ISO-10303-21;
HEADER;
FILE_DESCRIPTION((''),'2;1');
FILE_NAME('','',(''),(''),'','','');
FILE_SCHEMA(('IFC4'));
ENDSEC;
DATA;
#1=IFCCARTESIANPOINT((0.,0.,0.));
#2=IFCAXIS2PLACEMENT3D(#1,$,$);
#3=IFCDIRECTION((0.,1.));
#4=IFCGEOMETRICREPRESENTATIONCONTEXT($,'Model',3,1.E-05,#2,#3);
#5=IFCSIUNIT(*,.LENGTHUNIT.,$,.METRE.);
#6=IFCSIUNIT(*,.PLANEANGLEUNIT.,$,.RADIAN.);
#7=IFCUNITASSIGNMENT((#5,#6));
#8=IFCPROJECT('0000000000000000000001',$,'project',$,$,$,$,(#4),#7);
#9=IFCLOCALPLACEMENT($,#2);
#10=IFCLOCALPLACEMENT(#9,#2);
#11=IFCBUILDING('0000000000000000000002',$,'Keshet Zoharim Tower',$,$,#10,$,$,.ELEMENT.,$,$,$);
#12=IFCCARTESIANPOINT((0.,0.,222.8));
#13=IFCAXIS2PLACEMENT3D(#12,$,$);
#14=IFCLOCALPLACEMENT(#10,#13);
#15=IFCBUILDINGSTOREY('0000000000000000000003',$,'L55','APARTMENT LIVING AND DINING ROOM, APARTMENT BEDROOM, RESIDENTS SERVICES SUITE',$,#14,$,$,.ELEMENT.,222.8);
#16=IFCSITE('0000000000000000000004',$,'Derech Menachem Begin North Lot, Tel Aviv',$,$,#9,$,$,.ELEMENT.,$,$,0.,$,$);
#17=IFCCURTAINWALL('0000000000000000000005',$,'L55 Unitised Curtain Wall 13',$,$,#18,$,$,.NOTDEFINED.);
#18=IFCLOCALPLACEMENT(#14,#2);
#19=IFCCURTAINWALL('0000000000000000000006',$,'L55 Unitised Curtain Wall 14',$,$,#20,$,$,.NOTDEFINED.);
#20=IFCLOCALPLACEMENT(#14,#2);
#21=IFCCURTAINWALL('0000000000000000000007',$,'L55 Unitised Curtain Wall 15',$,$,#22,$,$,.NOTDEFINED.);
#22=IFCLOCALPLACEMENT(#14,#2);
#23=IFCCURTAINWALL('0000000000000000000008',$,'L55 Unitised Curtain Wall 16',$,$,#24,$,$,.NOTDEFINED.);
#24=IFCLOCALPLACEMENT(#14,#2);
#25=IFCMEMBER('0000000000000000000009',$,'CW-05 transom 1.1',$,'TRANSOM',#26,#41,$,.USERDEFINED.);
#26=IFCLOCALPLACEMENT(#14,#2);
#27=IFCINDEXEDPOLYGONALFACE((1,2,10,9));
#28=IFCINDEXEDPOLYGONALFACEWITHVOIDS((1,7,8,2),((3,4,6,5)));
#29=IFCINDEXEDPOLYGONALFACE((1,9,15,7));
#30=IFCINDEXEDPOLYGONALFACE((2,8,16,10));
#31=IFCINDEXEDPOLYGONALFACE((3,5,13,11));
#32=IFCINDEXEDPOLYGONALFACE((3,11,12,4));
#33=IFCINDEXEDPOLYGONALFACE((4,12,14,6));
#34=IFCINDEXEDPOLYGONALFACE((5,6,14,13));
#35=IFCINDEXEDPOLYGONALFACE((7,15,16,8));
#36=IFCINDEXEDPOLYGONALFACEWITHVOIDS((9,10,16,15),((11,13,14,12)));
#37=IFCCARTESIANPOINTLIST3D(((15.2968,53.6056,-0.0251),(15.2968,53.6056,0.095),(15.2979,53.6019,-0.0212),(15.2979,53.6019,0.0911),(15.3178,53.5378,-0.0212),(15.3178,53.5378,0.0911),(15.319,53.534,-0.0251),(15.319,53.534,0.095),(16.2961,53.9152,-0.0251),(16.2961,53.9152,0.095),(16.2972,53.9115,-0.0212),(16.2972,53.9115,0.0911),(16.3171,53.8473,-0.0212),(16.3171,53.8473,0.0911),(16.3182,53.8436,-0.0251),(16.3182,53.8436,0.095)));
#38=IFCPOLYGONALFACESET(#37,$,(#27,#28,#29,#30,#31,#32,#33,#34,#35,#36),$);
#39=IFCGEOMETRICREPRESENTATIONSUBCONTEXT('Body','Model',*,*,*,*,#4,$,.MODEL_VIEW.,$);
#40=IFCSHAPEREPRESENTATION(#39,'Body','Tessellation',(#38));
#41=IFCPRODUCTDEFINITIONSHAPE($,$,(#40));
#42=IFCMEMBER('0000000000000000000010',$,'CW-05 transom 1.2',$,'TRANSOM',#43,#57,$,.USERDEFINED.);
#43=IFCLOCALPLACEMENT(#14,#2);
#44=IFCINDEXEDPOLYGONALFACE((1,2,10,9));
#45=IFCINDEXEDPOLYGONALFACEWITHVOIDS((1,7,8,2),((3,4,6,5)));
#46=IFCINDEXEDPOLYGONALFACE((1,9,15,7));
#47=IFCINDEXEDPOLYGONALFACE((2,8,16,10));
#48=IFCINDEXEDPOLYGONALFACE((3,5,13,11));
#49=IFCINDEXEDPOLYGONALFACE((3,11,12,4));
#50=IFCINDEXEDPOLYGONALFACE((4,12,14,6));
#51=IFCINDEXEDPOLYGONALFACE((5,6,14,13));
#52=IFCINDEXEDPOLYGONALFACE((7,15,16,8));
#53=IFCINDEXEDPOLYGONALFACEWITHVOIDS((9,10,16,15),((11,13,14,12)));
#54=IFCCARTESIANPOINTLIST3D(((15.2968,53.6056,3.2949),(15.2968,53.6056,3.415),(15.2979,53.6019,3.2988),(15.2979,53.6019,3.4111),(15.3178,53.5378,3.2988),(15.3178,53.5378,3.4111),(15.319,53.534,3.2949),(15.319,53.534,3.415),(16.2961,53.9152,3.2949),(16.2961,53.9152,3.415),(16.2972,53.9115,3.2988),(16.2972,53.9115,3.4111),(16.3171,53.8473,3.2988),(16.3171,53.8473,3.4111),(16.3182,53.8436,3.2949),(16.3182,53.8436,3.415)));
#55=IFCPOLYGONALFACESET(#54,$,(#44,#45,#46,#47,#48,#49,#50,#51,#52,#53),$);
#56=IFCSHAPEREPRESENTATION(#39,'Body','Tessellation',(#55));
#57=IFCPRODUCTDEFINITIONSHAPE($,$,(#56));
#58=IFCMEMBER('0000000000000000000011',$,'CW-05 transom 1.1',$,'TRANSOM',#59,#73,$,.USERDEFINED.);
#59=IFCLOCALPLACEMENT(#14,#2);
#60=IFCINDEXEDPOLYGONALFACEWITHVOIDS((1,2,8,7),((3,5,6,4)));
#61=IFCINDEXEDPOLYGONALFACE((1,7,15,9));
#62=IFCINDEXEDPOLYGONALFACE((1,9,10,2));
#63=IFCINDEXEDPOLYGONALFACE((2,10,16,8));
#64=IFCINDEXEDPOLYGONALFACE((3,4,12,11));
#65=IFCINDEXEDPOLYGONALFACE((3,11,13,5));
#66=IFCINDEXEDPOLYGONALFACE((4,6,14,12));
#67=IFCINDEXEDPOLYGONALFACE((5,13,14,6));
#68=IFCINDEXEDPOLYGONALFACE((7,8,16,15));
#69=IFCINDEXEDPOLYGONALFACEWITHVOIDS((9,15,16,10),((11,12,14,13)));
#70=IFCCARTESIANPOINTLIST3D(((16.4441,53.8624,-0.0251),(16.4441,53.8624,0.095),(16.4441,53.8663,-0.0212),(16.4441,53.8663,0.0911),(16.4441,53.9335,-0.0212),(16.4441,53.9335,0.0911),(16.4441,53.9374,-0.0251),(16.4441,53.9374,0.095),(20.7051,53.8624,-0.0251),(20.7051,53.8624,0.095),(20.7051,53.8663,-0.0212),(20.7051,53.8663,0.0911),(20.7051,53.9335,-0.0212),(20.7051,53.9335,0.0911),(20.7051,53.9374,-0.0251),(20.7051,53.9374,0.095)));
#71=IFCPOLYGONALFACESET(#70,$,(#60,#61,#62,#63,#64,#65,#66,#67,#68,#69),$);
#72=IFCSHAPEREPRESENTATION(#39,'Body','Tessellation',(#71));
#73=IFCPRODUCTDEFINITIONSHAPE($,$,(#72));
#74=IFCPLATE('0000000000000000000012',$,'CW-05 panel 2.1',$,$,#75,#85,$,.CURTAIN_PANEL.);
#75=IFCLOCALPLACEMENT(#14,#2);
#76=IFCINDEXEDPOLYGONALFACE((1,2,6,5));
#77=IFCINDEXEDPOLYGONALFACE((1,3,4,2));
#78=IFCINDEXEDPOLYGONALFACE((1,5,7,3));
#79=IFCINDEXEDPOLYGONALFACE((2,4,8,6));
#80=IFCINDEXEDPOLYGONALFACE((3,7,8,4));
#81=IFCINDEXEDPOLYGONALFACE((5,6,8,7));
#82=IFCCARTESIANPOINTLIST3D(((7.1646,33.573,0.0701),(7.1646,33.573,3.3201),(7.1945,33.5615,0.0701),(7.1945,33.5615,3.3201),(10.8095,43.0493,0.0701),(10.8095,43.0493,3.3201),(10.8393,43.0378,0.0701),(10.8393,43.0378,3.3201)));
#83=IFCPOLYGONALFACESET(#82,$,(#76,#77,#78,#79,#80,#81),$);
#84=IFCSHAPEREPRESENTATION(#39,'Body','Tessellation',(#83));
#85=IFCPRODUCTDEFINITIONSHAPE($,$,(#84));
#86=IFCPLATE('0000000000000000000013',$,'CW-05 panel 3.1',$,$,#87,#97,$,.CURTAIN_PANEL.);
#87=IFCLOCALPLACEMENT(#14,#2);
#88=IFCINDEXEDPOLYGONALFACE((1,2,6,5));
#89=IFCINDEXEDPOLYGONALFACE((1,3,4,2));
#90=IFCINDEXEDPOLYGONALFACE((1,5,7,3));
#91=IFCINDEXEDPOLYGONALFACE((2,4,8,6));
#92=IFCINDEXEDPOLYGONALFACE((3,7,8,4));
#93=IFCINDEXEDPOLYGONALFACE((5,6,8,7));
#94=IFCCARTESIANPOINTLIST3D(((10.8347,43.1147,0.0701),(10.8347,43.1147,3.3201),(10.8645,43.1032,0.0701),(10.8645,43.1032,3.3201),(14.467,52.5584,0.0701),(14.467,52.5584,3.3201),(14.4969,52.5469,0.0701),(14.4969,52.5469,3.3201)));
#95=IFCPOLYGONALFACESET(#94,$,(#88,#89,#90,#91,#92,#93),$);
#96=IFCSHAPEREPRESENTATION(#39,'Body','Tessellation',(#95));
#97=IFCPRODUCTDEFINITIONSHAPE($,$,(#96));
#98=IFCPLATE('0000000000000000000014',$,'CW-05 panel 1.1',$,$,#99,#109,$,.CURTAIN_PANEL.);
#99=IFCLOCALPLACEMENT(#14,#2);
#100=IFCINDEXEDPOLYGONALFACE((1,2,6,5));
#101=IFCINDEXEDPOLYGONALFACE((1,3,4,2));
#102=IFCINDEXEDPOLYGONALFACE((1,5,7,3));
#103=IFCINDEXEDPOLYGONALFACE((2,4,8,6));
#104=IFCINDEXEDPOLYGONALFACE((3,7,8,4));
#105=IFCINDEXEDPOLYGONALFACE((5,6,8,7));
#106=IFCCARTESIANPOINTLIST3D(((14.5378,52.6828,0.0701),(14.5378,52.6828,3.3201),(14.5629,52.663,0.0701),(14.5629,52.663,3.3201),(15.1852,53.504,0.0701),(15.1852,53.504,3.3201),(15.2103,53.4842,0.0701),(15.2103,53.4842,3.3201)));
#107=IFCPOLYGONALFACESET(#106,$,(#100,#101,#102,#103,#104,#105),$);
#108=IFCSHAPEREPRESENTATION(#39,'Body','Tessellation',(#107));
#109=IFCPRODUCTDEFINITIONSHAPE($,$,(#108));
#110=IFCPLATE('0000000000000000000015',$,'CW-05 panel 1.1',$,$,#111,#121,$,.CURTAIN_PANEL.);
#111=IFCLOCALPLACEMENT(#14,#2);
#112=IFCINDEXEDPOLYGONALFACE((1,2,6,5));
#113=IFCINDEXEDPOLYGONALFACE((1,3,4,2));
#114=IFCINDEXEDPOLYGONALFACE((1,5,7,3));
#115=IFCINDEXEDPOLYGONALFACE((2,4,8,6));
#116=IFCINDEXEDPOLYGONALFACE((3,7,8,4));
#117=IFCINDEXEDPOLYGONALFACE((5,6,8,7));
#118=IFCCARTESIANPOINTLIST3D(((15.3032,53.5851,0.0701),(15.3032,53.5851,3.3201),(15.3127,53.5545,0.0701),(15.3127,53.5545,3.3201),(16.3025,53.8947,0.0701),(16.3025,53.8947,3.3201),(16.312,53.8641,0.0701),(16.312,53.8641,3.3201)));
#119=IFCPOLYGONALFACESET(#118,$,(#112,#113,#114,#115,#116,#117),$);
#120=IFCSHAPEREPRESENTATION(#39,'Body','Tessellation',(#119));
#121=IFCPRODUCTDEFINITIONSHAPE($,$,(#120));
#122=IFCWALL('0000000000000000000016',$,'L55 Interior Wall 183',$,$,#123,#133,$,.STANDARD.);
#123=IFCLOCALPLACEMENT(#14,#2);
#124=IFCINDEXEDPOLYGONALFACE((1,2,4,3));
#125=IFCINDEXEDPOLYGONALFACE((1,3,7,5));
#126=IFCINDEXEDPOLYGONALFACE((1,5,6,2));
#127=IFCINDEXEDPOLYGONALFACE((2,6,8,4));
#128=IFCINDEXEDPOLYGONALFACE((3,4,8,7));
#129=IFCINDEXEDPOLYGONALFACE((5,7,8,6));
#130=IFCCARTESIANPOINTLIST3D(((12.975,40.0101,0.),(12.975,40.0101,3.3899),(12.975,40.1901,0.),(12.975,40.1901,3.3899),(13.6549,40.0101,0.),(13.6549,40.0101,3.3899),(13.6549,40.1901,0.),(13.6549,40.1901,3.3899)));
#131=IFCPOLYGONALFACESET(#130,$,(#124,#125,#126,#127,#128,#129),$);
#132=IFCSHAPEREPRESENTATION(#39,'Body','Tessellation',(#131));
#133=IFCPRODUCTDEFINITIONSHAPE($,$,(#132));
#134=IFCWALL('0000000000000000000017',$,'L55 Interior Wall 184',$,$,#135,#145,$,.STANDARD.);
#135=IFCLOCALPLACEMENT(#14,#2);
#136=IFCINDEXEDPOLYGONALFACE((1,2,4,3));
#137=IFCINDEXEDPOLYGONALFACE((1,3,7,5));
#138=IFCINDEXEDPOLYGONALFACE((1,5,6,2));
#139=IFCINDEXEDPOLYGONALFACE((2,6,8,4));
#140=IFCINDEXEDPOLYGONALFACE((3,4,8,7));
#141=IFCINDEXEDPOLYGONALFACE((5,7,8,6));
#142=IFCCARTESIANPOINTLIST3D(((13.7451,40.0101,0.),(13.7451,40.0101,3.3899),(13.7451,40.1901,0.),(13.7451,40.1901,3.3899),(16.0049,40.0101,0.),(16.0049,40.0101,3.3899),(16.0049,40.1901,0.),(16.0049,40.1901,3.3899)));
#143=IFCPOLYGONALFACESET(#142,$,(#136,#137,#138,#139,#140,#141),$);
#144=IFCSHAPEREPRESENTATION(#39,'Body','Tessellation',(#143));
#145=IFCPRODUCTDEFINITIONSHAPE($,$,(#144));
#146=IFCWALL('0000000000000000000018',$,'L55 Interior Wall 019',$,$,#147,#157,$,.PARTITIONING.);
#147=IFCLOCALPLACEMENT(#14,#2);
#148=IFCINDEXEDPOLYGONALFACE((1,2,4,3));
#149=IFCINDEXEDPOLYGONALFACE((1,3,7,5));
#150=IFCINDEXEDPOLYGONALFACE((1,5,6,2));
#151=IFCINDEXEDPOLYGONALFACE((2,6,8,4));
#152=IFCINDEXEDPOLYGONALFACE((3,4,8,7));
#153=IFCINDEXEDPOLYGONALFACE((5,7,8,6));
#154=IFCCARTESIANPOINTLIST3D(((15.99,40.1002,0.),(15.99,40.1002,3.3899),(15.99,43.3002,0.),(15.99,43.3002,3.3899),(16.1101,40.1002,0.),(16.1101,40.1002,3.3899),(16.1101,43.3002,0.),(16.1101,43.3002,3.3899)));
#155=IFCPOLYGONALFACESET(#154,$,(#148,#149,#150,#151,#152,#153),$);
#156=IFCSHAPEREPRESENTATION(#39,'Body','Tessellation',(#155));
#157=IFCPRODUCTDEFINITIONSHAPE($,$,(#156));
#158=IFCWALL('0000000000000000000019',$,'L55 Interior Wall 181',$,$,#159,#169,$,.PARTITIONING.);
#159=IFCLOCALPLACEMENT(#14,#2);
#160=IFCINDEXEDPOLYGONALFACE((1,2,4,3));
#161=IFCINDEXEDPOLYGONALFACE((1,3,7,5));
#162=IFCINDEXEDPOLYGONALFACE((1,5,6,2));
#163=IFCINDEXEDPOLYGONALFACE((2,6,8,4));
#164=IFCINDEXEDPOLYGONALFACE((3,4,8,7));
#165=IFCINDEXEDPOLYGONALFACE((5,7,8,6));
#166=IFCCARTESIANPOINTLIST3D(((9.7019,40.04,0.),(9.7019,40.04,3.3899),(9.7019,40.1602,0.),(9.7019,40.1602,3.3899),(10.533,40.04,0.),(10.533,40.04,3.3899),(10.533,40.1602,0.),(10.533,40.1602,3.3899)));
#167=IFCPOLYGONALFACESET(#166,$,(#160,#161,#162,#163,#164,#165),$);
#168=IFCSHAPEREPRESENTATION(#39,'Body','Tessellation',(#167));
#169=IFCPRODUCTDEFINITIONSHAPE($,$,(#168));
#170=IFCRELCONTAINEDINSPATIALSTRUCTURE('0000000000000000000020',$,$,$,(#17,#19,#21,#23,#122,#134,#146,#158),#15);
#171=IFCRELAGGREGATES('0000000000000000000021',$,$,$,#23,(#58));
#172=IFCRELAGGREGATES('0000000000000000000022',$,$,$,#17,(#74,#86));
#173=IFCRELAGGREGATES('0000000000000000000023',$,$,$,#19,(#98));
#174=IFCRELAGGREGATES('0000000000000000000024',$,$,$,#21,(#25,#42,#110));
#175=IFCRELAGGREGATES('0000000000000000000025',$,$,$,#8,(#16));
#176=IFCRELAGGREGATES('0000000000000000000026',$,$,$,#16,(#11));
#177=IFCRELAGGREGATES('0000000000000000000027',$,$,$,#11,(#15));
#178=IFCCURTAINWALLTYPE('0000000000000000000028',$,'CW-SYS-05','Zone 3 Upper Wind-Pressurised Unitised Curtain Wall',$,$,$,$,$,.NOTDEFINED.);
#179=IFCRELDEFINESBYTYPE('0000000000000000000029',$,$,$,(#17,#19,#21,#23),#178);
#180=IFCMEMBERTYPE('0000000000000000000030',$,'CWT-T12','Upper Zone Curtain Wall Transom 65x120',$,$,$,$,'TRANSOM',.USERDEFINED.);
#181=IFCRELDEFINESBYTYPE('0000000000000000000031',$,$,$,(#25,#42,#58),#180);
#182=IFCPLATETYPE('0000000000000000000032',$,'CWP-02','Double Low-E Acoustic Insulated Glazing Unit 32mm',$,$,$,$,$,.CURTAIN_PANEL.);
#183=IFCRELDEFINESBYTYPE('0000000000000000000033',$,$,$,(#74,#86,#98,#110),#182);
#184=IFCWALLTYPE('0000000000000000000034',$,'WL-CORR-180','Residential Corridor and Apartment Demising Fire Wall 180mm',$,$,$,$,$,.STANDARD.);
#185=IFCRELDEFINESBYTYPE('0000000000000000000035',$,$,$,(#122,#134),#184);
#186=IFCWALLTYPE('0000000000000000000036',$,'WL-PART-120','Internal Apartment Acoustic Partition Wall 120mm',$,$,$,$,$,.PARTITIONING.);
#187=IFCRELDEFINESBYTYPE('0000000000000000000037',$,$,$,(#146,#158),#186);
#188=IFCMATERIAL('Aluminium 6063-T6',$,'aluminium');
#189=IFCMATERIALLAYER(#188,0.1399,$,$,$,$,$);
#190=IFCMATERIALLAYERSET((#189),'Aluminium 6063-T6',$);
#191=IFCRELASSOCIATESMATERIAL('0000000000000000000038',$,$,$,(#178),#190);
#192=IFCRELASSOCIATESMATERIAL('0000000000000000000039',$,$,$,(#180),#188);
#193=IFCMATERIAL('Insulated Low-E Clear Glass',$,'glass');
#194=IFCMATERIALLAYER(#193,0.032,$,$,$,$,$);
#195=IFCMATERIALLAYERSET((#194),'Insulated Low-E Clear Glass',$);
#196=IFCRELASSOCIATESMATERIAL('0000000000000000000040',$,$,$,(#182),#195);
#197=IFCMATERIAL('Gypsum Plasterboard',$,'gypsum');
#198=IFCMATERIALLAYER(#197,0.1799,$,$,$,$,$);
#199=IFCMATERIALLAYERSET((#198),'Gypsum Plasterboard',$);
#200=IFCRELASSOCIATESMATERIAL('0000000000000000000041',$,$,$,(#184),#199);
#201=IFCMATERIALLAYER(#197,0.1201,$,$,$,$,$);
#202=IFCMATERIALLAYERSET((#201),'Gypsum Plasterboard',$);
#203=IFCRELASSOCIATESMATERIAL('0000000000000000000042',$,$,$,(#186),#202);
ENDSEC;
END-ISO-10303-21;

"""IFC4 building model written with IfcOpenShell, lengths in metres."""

from ifc_helpers import new_model, si_unit, direction, frame, frame_2d, origin, origin_2d, place, context, subcontext, project, spatial, rectangle, hollow_rectangle, extrude, material, layer, layer_set, material_profile, profile_set, type_object, element, aggregate, save


model = new_model("IFC4")

# Units and contexts
model_context = context("Model", 3, precision=1e-05, world=origin(), true_north=direction((0.0, 1.0)))
body_context = subcontext(model_context, "Body", "Model", "MODEL_VIEW")
ifc_project = project(units=[si_unit("LENGTHUNIT", "METRE"), si_unit("PLANEANGLEUNIT", "RADIAN")], contexts=[model_context])

# Site, building, storey
site_placement = place(None, origin())
site = spatial("IfcSite", under=ifc_project, at=site_placement, Name="Derech Menachem Begin North Lot, Tel Aviv", CompositionType="ELEMENT", RefElevation=0.0)
building_placement = place(site_placement, origin())
building = spatial("IfcBuilding", under=site, at=building_placement, Name="Keshet Zoharim Tower", CompositionType="ELEMENT")
storey_placement = place(building_placement, frame((0.0, 0.0, 222.8)))
storey = spatial("IfcBuildingStorey", under=building, at=storey_placement, Name="L55", Description="APARTMENT LIVING AND DINING ROOM, APARTMENT BEDROOM, RESIDENTS SERVICES SUITE", CompositionType="ELEMENT", Elevation=222.8)

# Curtain walls
ifc_material_1 = material(Name="Aluminium 6063-T6", Category="aluminium")
ifc_layer_1 = layer(ifc_material_1, 0.1399)
ifc_layer_set_1 = layer_set([ifc_layer_1], Name="Aluminium 6063-T6")
curtain_wall_type = type_object("IfcCurtainWallType", Name="CW-SYS-05", Description="Zone 3 Upper Wind-Pressurised Unitised Curtain Wall", PredefinedType="NOTDEFINED", material=ifc_layer_set_1)
curtain_wall_1_placement = place(storey_placement, origin())
curtain_wall_1 = element("IfcCurtainWall", 1, at=curtain_wall_1_placement, inside=storey, type_object=curtain_wall_type, Name="L55 Unitised Curtain Wall 13", PredefinedType="NOTDEFINED")
curtain_wall_2_placement = place(storey_placement, origin())
curtain_wall_2 = element("IfcCurtainWall", 2, at=curtain_wall_2_placement, inside=storey, type_object=curtain_wall_type, Name="L55 Unitised Curtain Wall 14", PredefinedType="NOTDEFINED")
curtain_wall_3_placement = place(storey_placement, origin())
curtain_wall_3 = element("IfcCurtainWall", 3, at=curtain_wall_3_placement, inside=storey, type_object=curtain_wall_type, Name="L55 Unitised Curtain Wall 15", PredefinedType="NOTDEFINED")

# Curtain wall
curtain_wall_4_placement = place(storey_placement, origin())
curtain_wall_4 = element("IfcCurtainWall", 4, at=curtain_wall_4_placement, inside=storey, type_object=curtain_wall_type, Name="L55 Unitised Curtain Wall 16", PredefinedType="NOTDEFINED")

# Members
ifc_material_profile_1 = material_profile(ifc_material_1, hollow_rectangle(XDim=0.075, YDim=0.1201, WallThickness=0.0039, at=origin_2d()), Name="TRN-75x120")
ifc_profile_set_1 = profile_set([ifc_material_profile_1], Name="Aluminium 6063-T6")
member_type_1 = type_object("IfcMemberType", Name="CWT-T12", Description="Upper Zone Curtain Wall Transom 65x120", ElementType="TRANSOM", PredefinedType="USERDEFINED", material=ifc_profile_set_1)
member_1_placement = place(storey_placement, frame((15.3079, 53.5698, 0.0349), z_axis=(0.955212, 0.295922, 0.0), x_axis=(-0.295922, 0.955212, 0.0)))
member_1 = element("IfcMember", 5, at=member_1_placement, type_object=member_type_1, Name="CW-05 transom 1.1", ObjectType="TRANSOM", PredefinedType="USERDEFINED", context=body_context, shape_type="SweptSolid", body=[
    extrude(hollow_rectangle(XDim=0.075, YDim=0.1201, WallThickness=0.0039, at=origin_2d()), origin(), (0.0, 0.0, 1.0), 1.0461),
])
member_2_placement = place(storey_placement, frame((15.3079, 53.5698, 3.355), z_axis=(0.955212, 0.295922, 0.0), x_axis=(-0.295922, 0.955212, 0.0)))
member_2 = element("IfcMember", 6, at=member_2_placement, type_object=member_type_1, Name="CW-05 transom 1.2", ObjectType="TRANSOM", PredefinedType="USERDEFINED", context=body_context, shape_type="SweptSolid", body=[
    extrude(hollow_rectangle(XDim=0.075, YDim=0.1201, WallThickness=0.0039, at=origin_2d()), origin(), (0.0, 0.0, 1.0), 1.0461),
])
member_3_placement = place(storey_placement, frame((16.4441, 53.8999, 0.0349), z_axis=(1.0, 0.0, 0.0), x_axis=(0.0, 1.0, 0.0)))
member_3 = element("IfcMember", 7, at=member_3_placement, type_object=member_type_1, Name="CW-05 transom 1.1", ObjectType="TRANSOM", PredefinedType="USERDEFINED", context=body_context, shape_type="SweptSolid", body=[
    extrude(hollow_rectangle(XDim=0.075, YDim=0.1201, WallThickness=0.0039, at=origin_2d()), origin(), (0.0, 0.0, 1.0), 4.261),
])
aggregate(curtain_wall_4, [member_3])

# Plates
ifc_material_2 = material(Name="Insulated Low-E Clear Glass", Category="glass")
ifc_layer_2 = layer(ifc_material_2, 0.032)
ifc_layer_set_2 = layer_set([ifc_layer_2], Name="Insulated Low-E Clear Glass")
plate_type = type_object("IfcPlateType", Name="CWP-02", Description="Double Low-E Acoustic Insulated Glazing Unit 32mm", PredefinedType="CURTAIN_PANEL", material=ifc_layer_set_2)
plate_1_placement = place(storey_placement, frame((9.002, 38.3054, 0.0701), z_axis=(0.0, 0.0, 1.0), x_axis=(0.35899, 0.933341, 0.0)))
plate_1 = element("IfcPlate", 8, at=plate_1_placement, type_object=plate_type, Name="CW-05 panel 2.1", PredefinedType="CURTAIN_PANEL", context=body_context, shape_type="SweptSolid", body=[
    extrude(rectangle(XDim=10.1531, YDim=0.032, at=origin_2d()), origin(), (0.0, 0.0, 1.0), 3.25),
])
plate_2_placement = place(storey_placement, frame((12.6658, 47.8308, 0.0701), z_axis=(0.0, 0.0, 1.0), x_axis=(0.35899, 0.933341, 0.0)))
plate_2 = element("IfcPlate", 9, at=plate_2_placement, type_object=plate_type, Name="CW-05 panel 3.1", PredefinedType="CURTAIN_PANEL", context=body_context, shape_type="SweptSolid", body=[
    extrude(rectangle(XDim=10.1182, YDim=0.032, at=origin_2d()), origin(), (0.0, 0.0, 1.0), 3.25),
])
aggregate(curtain_wall_1, [plate_1, plate_2])
plate_3_placement = place(storey_placement, frame((14.874, 53.0835, 0.0701), z_axis=(0.0, 0.0, 1.0), x_axis=(0.619125, 0.785293, 0.0)))
plate_3 = element("IfcPlate", 10, at=plate_3_placement, type_object=plate_type, Name="CW-05 panel 1.1", PredefinedType="CURTAIN_PANEL", context=body_context, shape_type="SweptSolid", body=[
    extrude(rectangle(XDim=1.0457, YDim=0.032, at=origin_2d()), origin(), (0.0, 0.0, 1.0), 3.25),
])
aggregate(curtain_wall_2, [plate_3])
plate_4_placement = place(storey_placement, frame((15.8076, 53.7246, 0.0701), z_axis=(0.0, 0.0, 1.0), x_axis=(0.955212, 0.295922, 0.0)))
plate_4 = element("IfcPlate", 11, at=plate_4_placement, type_object=plate_type, Name="CW-05 panel 1.1", PredefinedType="CURTAIN_PANEL", context=body_context, shape_type="SweptSolid", body=[
    extrude(rectangle(XDim=1.0461, YDim=0.032, at=origin_2d()), origin(), (0.0, 0.0, 1.0), 3.25),
])
aggregate(curtain_wall_3, [member_1, member_2, plate_4])

# Walls
ifc_material_3 = material(Name="Gypsum Plasterboard", Category="gypsum")
ifc_layer_3 = layer(ifc_material_3, 0.1799)
ifc_layer_set_3 = layer_set([ifc_layer_3], Name="Gypsum Plasterboard")
wall_type_1 = type_object("IfcWallType", Name="WL-CORR-180", Description="Residential Corridor and Apartment Demising Fire Wall 180mm", PredefinedType="STANDARD", material=ifc_layer_set_3)
wall_1_placement = place(storey_placement, frame((12.9751, 40.1001, 0.0), z_axis=(0.0, 0.0, 1.0), x_axis=(1.0, 0.0, 0.0)))
element("IfcWall", 12, at=wall_1_placement, inside=storey, type_object=wall_type_1, Name="L55 Interior Wall 183", PredefinedType="STANDARD", context=body_context, shape_type="SweptSolid", body=[
    extrude(rectangle(XDim=0.6799, YDim=0.1799, at=frame_2d((0.3398, 0.0))), origin(), (0.0, 0.0, 1.0), 3.3899),
])
wall_2_placement = place(storey_placement, frame((13.7451, 40.1001, 0.0), z_axis=(0.0, 0.0, 1.0), x_axis=(1.0, 0.0, 0.0)))
element("IfcWall", 13, at=wall_2_placement, inside=storey, type_object=wall_type_1, Name="L55 Interior Wall 184", PredefinedType="STANDARD", context=body_context, shape_type="SweptSolid", body=[
    extrude(rectangle(XDim=2.2598, YDim=0.1799, at=frame_2d((1.1299, 0.0))), origin(), (0.0, 0.0, 1.0), 3.3899),
])

# Shared definitions
ifc_layer_4 = layer(ifc_material_3, 0.1201)
ifc_layer_set_4 = layer_set([ifc_layer_4], Name="Gypsum Plasterboard")
wall_type_2 = type_object("IfcWallType", Name="WL-PART-120", Description="Internal Apartment Acoustic Partition Wall 120mm", PredefinedType="PARTITIONING", material=ifc_layer_set_4)

# Walls
wall_3_placement = place(storey_placement, frame((16.05, 40.1001, 0.0), z_axis=(0.0, 0.0, 1.0), x_axis=(0.0, 1.0, 0.0)))
element("IfcWall", 14, at=wall_3_placement, inside=storey, type_object=wall_type_2, Name="L55 Interior Wall 019", PredefinedType="PARTITIONING", context=body_context, shape_type="SweptSolid", body=[
    extrude(rectangle(XDim=3.2, YDim=0.1201, at=frame_2d((1.6001, 0.0))), origin(), (0.0, 0.0, 1.0), 3.3899),
])
wall_4_placement = place(storey_placement, frame((9.7019, 40.1001, 0.0), z_axis=(0.0, 0.0, 1.0), x_axis=(1.0, 0.0, 0.0)))
element("IfcWall", 15, at=wall_4_placement, inside=storey, type_object=wall_type_2, Name="L55 Interior Wall 181", PredefinedType="PARTITIONING", context=body_context, shape_type="SweptSolid", body=[
    extrude(rectangle(XDim=0.8311, YDim=0.1201, at=frame_2d((0.4155, 0.0))), origin(), (0.0, 0.0, 1.0), 3.3899),
])

save(model, "model.ifc")
